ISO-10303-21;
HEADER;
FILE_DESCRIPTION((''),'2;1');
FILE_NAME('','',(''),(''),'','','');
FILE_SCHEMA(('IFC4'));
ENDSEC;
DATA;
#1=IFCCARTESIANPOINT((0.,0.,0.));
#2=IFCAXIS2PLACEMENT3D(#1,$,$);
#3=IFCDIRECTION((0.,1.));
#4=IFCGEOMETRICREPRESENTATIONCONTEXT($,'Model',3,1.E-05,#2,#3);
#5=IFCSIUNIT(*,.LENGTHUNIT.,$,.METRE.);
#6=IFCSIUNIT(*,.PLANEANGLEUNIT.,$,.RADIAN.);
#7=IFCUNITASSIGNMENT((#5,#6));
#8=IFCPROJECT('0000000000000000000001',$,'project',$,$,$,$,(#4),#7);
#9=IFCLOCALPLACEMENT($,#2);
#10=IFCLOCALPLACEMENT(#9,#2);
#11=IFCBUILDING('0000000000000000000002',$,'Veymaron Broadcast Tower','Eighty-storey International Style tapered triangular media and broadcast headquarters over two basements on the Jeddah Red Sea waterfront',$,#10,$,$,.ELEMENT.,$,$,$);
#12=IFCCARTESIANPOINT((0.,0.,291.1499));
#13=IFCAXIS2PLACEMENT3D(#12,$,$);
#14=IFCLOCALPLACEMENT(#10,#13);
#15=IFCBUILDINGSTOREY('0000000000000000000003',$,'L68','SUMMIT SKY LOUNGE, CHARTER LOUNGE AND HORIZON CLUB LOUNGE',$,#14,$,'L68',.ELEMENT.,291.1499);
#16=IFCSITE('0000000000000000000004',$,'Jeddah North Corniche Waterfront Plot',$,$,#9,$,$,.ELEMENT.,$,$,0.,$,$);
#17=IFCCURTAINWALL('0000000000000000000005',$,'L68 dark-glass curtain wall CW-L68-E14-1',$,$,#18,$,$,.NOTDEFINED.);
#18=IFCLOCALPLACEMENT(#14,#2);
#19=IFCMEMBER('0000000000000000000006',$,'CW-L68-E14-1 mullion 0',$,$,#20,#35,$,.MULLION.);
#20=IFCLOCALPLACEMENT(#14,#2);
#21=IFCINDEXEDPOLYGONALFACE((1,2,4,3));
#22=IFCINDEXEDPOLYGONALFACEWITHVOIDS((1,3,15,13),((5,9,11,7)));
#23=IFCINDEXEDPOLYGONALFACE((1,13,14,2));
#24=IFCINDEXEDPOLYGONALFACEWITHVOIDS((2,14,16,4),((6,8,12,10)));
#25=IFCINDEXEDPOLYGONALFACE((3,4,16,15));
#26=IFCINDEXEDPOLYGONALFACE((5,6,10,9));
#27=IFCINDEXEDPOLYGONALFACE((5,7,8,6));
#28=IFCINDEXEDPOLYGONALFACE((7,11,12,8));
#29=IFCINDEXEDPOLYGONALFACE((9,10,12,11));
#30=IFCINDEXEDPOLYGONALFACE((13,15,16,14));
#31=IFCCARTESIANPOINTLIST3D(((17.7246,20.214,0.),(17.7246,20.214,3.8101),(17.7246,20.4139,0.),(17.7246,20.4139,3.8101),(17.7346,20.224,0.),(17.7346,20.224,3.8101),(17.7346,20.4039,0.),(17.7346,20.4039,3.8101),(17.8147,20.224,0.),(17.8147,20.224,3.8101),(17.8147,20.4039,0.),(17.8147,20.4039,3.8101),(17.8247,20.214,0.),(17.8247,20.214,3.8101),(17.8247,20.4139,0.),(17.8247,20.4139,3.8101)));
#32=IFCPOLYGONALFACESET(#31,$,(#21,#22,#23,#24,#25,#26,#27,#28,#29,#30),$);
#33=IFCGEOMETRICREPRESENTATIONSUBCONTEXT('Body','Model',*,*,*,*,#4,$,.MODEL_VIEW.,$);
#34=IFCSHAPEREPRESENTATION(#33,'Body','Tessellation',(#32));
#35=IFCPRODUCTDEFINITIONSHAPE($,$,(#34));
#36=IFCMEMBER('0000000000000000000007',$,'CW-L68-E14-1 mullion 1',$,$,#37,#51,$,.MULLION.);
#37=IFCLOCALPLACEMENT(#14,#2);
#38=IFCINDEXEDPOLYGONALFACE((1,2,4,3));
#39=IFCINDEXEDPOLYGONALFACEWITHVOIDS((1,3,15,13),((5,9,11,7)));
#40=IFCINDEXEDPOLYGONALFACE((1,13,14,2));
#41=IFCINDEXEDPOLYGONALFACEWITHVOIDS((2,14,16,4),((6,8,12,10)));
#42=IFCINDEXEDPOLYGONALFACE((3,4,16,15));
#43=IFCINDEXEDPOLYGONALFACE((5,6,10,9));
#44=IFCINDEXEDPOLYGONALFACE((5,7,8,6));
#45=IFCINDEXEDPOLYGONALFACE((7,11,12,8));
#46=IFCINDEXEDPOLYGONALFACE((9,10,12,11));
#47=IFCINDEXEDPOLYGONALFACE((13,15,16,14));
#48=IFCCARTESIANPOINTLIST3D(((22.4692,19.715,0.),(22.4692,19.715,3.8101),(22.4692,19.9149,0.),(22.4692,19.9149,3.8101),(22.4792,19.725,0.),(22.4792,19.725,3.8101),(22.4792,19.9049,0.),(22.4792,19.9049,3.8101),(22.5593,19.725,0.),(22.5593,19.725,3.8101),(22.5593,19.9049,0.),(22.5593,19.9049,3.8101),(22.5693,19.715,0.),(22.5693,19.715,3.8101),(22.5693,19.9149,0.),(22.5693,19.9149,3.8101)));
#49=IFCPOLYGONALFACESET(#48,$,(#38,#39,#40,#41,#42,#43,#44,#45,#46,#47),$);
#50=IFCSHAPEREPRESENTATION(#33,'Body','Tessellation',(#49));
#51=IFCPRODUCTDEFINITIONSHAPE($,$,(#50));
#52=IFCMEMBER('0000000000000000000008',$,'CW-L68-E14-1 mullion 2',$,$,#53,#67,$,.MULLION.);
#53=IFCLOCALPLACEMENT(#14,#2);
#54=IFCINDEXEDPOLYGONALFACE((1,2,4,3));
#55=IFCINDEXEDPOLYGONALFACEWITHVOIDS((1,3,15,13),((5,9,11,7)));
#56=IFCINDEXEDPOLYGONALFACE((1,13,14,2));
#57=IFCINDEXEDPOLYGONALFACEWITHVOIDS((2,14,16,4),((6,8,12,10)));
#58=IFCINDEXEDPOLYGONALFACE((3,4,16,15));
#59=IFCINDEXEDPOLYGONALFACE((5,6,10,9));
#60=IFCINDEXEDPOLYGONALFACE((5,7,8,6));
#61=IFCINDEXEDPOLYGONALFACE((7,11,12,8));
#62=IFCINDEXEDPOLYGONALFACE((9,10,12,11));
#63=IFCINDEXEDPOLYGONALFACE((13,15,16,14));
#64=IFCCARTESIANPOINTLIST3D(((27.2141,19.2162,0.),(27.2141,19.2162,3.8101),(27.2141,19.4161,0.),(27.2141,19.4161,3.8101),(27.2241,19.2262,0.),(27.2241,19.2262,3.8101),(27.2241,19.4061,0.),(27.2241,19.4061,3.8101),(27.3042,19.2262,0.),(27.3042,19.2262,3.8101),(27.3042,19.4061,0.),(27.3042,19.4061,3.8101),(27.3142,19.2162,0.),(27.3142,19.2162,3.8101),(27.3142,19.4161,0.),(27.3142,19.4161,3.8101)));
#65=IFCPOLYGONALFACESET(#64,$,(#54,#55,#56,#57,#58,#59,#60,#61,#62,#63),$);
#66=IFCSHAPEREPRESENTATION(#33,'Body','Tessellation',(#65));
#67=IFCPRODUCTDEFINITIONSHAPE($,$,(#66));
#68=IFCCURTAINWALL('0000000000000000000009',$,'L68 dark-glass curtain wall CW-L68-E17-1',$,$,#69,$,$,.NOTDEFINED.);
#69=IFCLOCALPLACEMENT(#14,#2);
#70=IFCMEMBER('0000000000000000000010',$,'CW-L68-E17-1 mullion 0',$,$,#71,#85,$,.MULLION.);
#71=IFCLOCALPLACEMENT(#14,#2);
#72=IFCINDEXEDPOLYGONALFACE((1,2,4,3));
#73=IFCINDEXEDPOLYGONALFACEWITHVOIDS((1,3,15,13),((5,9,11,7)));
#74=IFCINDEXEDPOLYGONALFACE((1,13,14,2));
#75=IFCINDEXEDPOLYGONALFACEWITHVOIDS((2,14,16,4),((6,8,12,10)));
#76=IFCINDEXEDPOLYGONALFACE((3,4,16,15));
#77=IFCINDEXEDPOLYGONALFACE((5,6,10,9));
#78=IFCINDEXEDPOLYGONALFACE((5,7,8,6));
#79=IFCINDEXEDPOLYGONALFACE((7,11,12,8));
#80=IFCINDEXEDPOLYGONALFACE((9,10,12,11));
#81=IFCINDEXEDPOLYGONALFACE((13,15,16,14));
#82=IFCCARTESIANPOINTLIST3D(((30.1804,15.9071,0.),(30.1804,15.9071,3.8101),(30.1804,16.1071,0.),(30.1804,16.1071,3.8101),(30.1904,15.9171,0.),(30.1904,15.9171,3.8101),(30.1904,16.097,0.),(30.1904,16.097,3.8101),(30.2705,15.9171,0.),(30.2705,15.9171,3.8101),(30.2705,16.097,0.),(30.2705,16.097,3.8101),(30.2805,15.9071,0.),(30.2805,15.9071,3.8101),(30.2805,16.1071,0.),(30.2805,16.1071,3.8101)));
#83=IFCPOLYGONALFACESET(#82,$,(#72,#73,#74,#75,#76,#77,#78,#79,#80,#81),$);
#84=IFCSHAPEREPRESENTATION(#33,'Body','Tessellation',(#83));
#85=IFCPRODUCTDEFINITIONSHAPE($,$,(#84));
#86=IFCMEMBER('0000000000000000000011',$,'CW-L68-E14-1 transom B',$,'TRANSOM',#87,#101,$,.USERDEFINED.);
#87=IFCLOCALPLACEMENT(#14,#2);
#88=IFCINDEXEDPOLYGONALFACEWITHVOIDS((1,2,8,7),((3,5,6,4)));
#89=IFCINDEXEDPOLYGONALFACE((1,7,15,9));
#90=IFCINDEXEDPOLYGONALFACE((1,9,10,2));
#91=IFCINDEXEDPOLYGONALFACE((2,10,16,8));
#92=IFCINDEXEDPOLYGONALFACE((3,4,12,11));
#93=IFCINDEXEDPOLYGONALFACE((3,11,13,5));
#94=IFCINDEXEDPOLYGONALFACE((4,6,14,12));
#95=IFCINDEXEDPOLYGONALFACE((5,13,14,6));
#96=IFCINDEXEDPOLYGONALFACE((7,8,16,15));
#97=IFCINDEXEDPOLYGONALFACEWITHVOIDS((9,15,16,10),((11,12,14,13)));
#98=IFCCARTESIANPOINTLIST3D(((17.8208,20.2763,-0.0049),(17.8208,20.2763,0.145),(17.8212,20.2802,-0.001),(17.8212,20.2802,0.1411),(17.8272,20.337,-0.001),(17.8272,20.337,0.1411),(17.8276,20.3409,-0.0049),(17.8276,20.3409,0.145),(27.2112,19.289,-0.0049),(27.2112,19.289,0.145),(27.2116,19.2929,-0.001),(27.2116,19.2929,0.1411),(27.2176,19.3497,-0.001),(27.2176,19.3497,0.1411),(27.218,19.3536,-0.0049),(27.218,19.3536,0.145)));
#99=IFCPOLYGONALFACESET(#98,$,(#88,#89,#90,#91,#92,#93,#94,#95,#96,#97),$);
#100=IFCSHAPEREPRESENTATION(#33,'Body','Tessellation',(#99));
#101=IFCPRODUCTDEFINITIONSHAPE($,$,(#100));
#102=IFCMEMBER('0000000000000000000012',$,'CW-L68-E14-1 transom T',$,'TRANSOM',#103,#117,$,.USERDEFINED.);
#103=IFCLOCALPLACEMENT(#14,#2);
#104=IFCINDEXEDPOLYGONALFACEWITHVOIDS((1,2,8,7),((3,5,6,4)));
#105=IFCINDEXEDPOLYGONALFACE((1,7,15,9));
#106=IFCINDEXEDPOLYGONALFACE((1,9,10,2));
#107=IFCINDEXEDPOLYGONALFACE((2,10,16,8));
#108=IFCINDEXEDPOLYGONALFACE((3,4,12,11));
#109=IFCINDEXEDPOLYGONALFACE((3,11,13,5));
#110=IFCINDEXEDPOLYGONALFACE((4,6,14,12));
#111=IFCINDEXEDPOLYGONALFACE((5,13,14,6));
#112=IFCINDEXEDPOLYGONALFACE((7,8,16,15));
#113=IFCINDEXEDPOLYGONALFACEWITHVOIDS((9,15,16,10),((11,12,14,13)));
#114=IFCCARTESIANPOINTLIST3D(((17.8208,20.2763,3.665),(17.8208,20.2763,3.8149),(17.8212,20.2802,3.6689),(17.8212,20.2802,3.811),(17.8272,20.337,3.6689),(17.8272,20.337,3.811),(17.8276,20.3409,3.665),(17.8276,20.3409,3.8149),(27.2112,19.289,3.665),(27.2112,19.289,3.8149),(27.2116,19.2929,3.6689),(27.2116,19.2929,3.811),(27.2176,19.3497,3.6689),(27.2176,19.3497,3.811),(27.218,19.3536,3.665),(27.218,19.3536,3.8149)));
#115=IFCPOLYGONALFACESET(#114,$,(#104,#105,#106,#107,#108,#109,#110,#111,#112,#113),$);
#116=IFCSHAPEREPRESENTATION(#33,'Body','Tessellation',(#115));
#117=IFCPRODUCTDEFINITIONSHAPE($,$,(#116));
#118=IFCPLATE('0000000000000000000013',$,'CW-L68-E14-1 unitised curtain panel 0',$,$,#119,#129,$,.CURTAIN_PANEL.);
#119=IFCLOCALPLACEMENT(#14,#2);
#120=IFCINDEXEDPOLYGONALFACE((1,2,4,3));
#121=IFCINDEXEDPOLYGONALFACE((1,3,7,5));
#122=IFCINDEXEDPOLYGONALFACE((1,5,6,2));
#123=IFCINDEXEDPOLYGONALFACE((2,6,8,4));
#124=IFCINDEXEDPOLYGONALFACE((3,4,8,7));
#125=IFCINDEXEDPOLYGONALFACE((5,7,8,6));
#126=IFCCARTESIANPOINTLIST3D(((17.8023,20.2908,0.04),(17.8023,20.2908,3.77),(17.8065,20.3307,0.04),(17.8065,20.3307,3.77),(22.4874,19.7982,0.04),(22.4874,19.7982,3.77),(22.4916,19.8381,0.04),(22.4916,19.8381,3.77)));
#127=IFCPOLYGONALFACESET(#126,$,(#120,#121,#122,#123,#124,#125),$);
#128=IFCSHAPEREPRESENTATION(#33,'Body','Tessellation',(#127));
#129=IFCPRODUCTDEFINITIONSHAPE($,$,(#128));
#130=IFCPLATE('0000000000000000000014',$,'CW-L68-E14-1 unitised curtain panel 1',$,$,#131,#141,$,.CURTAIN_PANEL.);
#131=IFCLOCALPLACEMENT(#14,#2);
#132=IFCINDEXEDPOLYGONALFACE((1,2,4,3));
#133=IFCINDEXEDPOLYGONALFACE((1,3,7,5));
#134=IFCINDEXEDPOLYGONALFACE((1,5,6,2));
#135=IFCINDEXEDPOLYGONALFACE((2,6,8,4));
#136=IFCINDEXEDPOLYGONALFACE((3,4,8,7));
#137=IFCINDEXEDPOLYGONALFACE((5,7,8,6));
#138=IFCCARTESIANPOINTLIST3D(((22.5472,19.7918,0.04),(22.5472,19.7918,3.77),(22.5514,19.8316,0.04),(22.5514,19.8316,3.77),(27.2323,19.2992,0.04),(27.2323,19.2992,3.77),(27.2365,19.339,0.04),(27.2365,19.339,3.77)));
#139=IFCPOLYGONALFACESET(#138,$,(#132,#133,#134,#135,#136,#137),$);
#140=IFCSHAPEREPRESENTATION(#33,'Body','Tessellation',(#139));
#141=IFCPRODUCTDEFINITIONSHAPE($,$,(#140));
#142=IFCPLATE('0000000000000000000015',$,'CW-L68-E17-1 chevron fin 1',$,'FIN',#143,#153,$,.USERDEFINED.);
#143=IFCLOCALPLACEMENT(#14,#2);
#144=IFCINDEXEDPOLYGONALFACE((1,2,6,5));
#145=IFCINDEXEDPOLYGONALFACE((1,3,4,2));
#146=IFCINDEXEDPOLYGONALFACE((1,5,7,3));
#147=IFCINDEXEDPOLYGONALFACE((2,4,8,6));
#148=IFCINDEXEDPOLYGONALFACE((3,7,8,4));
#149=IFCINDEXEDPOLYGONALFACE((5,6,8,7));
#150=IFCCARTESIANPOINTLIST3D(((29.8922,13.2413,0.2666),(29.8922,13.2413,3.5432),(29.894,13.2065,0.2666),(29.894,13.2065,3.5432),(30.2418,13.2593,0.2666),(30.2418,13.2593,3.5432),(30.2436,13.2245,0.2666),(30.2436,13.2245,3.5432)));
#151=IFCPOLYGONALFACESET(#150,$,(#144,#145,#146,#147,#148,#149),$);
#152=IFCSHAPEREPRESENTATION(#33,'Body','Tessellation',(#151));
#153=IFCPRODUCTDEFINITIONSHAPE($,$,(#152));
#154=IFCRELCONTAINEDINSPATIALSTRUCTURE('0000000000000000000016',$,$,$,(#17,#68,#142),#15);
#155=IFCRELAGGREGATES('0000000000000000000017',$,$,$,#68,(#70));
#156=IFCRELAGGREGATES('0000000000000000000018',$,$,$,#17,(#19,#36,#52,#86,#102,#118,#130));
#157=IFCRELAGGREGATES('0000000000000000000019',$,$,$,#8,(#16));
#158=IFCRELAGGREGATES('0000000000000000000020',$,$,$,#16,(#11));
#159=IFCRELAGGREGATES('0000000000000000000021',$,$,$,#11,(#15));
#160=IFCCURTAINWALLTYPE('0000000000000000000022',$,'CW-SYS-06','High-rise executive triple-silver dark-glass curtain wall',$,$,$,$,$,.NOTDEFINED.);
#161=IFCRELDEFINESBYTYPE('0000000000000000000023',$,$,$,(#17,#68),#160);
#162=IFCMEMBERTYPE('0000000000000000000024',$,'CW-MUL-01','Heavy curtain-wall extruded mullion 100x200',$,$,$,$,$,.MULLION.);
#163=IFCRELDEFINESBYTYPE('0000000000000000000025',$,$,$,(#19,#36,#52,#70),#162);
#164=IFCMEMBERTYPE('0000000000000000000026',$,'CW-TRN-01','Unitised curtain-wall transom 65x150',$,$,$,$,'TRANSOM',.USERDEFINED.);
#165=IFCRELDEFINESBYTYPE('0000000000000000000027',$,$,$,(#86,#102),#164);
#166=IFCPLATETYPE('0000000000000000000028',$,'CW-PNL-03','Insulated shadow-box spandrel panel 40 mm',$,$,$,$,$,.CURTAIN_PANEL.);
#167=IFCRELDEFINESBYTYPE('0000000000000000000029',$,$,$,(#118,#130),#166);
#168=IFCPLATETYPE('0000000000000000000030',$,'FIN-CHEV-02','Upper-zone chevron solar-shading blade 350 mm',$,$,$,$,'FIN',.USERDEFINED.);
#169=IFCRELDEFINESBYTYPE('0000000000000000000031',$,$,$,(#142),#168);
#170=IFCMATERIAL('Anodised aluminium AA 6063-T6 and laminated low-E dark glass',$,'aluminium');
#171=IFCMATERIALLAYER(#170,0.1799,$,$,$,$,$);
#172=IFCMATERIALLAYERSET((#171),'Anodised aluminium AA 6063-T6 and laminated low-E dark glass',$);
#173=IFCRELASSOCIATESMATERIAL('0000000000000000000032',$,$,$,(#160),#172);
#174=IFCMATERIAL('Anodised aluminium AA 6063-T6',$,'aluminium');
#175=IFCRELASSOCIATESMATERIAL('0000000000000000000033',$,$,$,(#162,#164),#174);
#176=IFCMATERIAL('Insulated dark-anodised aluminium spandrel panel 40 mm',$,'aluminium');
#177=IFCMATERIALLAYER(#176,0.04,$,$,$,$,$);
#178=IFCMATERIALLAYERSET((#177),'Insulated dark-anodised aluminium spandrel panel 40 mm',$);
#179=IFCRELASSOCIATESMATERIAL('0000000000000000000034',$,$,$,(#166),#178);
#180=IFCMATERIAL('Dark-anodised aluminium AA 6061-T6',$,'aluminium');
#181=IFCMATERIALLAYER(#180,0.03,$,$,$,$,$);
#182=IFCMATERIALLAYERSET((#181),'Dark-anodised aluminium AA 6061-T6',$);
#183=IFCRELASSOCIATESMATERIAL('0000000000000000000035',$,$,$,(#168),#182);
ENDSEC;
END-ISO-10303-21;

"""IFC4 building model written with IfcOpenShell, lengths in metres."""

from ifc_helpers import new_model, si_unit, direction, frame, origin, origin_2d, place, context, subcontext, project, spatial, rectangle, hollow_rectangle, extrude, material, layer, layer_set, material_profile, profile_set, type_object, element, aggregate, save


model = new_model("IFC4")

# Units and contexts
model_context = context("Model", 3, precision=1e-05, world=origin(), true_north=direction((0.0, 1.0)))
body_context = subcontext(model_context, "Body", "Model", "MODEL_VIEW")
ifc_project = project(units=[si_unit("LENGTHUNIT", "METRE"), si_unit("PLANEANGLEUNIT", "RADIAN")], contexts=[model_context])

# Site, building, storey
site_placement = place(None, origin())
site = spatial("IfcSite", under=ifc_project, at=site_placement, Name="Jeddah North Corniche Waterfront Plot", CompositionType="ELEMENT", RefElevation=0.0)
building_placement = place(site_placement, origin())
building = spatial("IfcBuilding", under=site, at=building_placement, Name="Veymaron Broadcast Tower", Description="Eighty-storey International Style tapered triangular media and broadcast headquarters over two basements on the Jeddah Red Sea waterfront", CompositionType="ELEMENT")
storey_placement = place(building_placement, frame((0.0, 0.0, 291.1499)))
storey = spatial("IfcBuildingStorey", under=building, at=storey_placement, Name="L68", Description="SUMMIT SKY LOUNGE, CHARTER LOUNGE AND HORIZON CLUB LOUNGE", LongName="L68", CompositionType="ELEMENT", Elevation=291.1499)

# Curtain wall, members
ifc_material_1 = material(Name="Anodised aluminium AA 6063-T6 and laminated low-E dark glass", Category="aluminium")
ifc_layer_1 = layer(ifc_material_1, 0.1799)
ifc_layer_set_1 = layer_set([ifc_layer_1], Name="Anodised aluminium AA 6063-T6 and laminated low-E dark glass")
curtain_wall_type = type_object("IfcCurtainWallType", Name="CW-SYS-06", Description="High-rise executive triple-silver dark-glass curtain wall", PredefinedType="NOTDEFINED", material=ifc_layer_set_1)
curtain_wall_1_placement = place(storey_placement, origin())
curtain_wall_1 = element("IfcCurtainWall", 1, at=curtain_wall_1_placement, inside=storey, type_object=curtain_wall_type, Name="L68 dark-glass curtain wall CW-L68-E14-1", PredefinedType="NOTDEFINED")
ifc_material_2 = material(Name="Anodised aluminium AA 6063-T6", Category="aluminium")
ifc_material_profile_1 = material_profile(ifc_material_2, hollow_rectangle(XDim=0.1001, YDim=0.2, WallThickness=0.01, at=origin_2d()), Name="RHS200X100X10")
ifc_profile_set_1 = profile_set([ifc_material_profile_1], Name="Anodised aluminium AA 6063-T6")
member_type_1 = type_object("IfcMemberType", Name="CW-MUL-01", Description="Heavy curtain-wall extruded mullion 100x200", PredefinedType="MULLION", material=ifc_profile_set_1)
member_1_placement = place(storey_placement, frame((17.7747, 20.314, 0.0), z_axis=(0.0, 0.0, 1.0), x_axis=(1.0, 0.0, 0.0)))
member_1 = element("IfcMember", 2, at=member_1_placement, type_object=member_type_1, Name="CW-L68-E14-1 mullion 0", PredefinedType="MULLION", context=body_context, shape_type="SweptSolid", body=[
    extrude(hollow_rectangle(XDim=0.1001, YDim=0.2, WallThickness=0.01, at=origin_2d()), origin(), (0.0, 0.0, 1.0), 3.8101),
])
member_2_placement = place(storey_placement, frame((22.5193, 19.8149, 0.0), z_axis=(0.0, 0.0, 1.0), x_axis=(1.0, 0.0, 0.0)))
member_2 = element("IfcMember", 3, at=member_2_placement, type_object=member_type_1, Name="CW-L68-E14-1 mullion 1", PredefinedType="MULLION", context=body_context, shape_type="SweptSolid", body=[
    extrude(hollow_rectangle(XDim=0.1001, YDim=0.2, WallThickness=0.01, at=origin_2d()), origin(), (0.0, 0.0, 1.0), 3.8101),
])
member_3_placement = place(storey_placement, frame((27.2642, 19.3162, 0.0), z_axis=(0.0, 0.0, 1.0), x_axis=(1.0, 0.0, 0.0)))
member_3 = element("IfcMember", 4, at=member_3_placement, type_object=member_type_1, Name="CW-L68-E14-1 mullion 2", PredefinedType="MULLION", context=body_context, shape_type="SweptSolid", body=[
    extrude(hollow_rectangle(XDim=0.1001, YDim=0.2, WallThickness=0.01, at=origin_2d()), origin(), (0.0, 0.0, 1.0), 3.8101),
])

# Curtain wall, member
curtain_wall_2_placement = place(storey_placement, origin())
curtain_wall_2 = element("IfcCurtainWall", 5, at=curtain_wall_2_placement, inside=storey, type_object=curtain_wall_type, Name="L68 dark-glass curtain wall CW-L68-E17-1", PredefinedType="NOTDEFINED")
member_4_placement = place(storey_placement, frame((30.2305, 16.0071, 0.0), z_axis=(0.0, 0.0, 1.0), x_axis=(1.0, 0.0, 0.0)))
member_4 = element("IfcMember", 6, at=member_4_placement, type_object=member_type_1, Name="CW-L68-E17-1 mullion 0", PredefinedType="MULLION", context=body_context, shape_type="SweptSolid", body=[
    extrude(hollow_rectangle(XDim=0.1001, YDim=0.2, WallThickness=0.01, at=origin_2d()), origin(), (0.0, 0.0, 1.0), 3.8101),
])
aggregate(curtain_wall_2, [member_4])

# Members
ifc_material_profile_2 = material_profile(ifc_material_2, hollow_rectangle(XDim=0.0649, YDim=0.1499, WallThickness=0.0039, at=origin_2d()), Name="AL150X65X4")
ifc_profile_set_2 = profile_set([ifc_material_profile_2], Name="Anodised aluminium AA 6063-T6")
member_type_2 = type_object("IfcMemberType", Name="CW-TRN-01", Description="Unitised curtain-wall transom 65x150", ElementType="TRANSOM", PredefinedType="USERDEFINED", material=ifc_profile_set_2)
member_5_placement = place(storey_placement, frame((17.8242, 20.3086, 0.0701), z_axis=(0.994518, -0.104564, 0.0), x_axis=(0.104564, 0.994518, 0.0)))
member_5 = element("IfcMember", 7, at=member_5_placement, type_object=member_type_2, Name="CW-L68-E14-1 transom B", ObjectType="TRANSOM", PredefinedType="USERDEFINED", context=body_context, shape_type="SweptSolid", body=[
    extrude(hollow_rectangle(XDim=0.0649, YDim=0.1499, WallThickness=0.0039, at=origin_2d()), origin(), (0.0, 0.0, 1.0), 9.4421),
])
member_6_placement = place(storey_placement, frame((17.8242, 20.3086, 3.74), z_axis=(0.994518, -0.104564, 0.0), x_axis=(0.104564, 0.994518, 0.0)))
member_6 = element("IfcMember", 8, at=member_6_placement, type_object=member_type_2, Name="CW-L68-E14-1 transom T", ObjectType="TRANSOM", PredefinedType="USERDEFINED", context=body_context, shape_type="SweptSolid", body=[
    extrude(hollow_rectangle(XDim=0.0649, YDim=0.1499, WallThickness=0.0039, at=origin_2d()), origin(), (0.0, 0.0, 1.0), 9.4421),
])

# Plates
ifc_material_3 = material(Name="Insulated dark-anodised aluminium spandrel panel 40 mm", Category="aluminium")
ifc_layer_2 = layer(ifc_material_3, 0.04)
ifc_layer_set_2 = layer_set([ifc_layer_2], Name="Insulated dark-anodised aluminium spandrel panel 40 mm")
plate_type_1 = type_object("IfcPlateType", Name="CW-PNL-03", Description="Insulated shadow-box spandrel panel 40 mm", PredefinedType="CURTAIN_PANEL", material=ifc_layer_set_2)
plate_1_placement = place(storey_placement, frame((20.147, 20.0645, 0.04), z_axis=(0.0, 0.0, 1.0), x_axis=(0.994518, -0.104563, 0.0)))
plate_1 = element("IfcPlate", 9, at=plate_1_placement, type_object=plate_type_1, Name="CW-L68-E14-1 unitised curtain panel 0", PredefinedType="CURTAIN_PANEL", context=body_context, shape_type="SweptSolid", body=[
    extrude(rectangle(XDim=4.7109, YDim=0.04, at=origin_2d()), origin(), (0.0, 0.0, 1.0), 3.73),
])
plate_2_placement = place(storey_placement, frame((24.8918, 19.5654, 0.04), z_axis=(0.0, 0.0, 1.0), x_axis=(0.994518, -0.104563, 0.0)))
plate_2 = element("IfcPlate", 10, at=plate_2_placement, type_object=plate_type_1, Name="CW-L68-E14-1 unitised curtain panel 1", PredefinedType="CURTAIN_PANEL", context=body_context, shape_type="SweptSolid", body=[
    extrude(rectangle(XDim=4.7109, YDim=0.04, at=origin_2d()), origin(), (0.0, 0.0, 1.0), 3.73),
])
aggregate(curtain_wall_1, [member_1, member_2, member_3, member_5, member_6, plate_1, plate_2])
ifc_material_4 = material(Name="Dark-anodised aluminium AA 6061-T6", Category="aluminium")
ifc_layer_3 = layer(ifc_material_4, 0.03)
ifc_layer_set_3 = layer_set([ifc_layer_3], Name="Dark-anodised aluminium AA 6061-T6")
plate_type_2 = type_object("IfcPlateType", Name="FIN-CHEV-02", Description="Upper-zone chevron solar-shading blade 350 mm", ElementType="FIN", PredefinedType="USERDEFINED", material=ifc_layer_set_3)
plate_3_placement = place(storey_placement, frame((30.0679, 13.2329, 0.2666), z_axis=(0.0, 0.0, 1.0), x_axis=(-0.998679, -0.051377, 0.0)))
element("IfcPlate", 11, at=plate_3_placement, inside=storey, type_object=plate_type_2, Name="CW-L68-E17-1 chevron fin 1", ObjectType="FIN", PredefinedType="USERDEFINED", context=body_context, shape_type="SweptSolid", body=[
    extrude(rectangle(XDim=0.3501, YDim=0.0349, at=origin_2d()), origin(), (0.0, 0.0, 1.0), 3.2766),
])

save(model, "model.ifc")
